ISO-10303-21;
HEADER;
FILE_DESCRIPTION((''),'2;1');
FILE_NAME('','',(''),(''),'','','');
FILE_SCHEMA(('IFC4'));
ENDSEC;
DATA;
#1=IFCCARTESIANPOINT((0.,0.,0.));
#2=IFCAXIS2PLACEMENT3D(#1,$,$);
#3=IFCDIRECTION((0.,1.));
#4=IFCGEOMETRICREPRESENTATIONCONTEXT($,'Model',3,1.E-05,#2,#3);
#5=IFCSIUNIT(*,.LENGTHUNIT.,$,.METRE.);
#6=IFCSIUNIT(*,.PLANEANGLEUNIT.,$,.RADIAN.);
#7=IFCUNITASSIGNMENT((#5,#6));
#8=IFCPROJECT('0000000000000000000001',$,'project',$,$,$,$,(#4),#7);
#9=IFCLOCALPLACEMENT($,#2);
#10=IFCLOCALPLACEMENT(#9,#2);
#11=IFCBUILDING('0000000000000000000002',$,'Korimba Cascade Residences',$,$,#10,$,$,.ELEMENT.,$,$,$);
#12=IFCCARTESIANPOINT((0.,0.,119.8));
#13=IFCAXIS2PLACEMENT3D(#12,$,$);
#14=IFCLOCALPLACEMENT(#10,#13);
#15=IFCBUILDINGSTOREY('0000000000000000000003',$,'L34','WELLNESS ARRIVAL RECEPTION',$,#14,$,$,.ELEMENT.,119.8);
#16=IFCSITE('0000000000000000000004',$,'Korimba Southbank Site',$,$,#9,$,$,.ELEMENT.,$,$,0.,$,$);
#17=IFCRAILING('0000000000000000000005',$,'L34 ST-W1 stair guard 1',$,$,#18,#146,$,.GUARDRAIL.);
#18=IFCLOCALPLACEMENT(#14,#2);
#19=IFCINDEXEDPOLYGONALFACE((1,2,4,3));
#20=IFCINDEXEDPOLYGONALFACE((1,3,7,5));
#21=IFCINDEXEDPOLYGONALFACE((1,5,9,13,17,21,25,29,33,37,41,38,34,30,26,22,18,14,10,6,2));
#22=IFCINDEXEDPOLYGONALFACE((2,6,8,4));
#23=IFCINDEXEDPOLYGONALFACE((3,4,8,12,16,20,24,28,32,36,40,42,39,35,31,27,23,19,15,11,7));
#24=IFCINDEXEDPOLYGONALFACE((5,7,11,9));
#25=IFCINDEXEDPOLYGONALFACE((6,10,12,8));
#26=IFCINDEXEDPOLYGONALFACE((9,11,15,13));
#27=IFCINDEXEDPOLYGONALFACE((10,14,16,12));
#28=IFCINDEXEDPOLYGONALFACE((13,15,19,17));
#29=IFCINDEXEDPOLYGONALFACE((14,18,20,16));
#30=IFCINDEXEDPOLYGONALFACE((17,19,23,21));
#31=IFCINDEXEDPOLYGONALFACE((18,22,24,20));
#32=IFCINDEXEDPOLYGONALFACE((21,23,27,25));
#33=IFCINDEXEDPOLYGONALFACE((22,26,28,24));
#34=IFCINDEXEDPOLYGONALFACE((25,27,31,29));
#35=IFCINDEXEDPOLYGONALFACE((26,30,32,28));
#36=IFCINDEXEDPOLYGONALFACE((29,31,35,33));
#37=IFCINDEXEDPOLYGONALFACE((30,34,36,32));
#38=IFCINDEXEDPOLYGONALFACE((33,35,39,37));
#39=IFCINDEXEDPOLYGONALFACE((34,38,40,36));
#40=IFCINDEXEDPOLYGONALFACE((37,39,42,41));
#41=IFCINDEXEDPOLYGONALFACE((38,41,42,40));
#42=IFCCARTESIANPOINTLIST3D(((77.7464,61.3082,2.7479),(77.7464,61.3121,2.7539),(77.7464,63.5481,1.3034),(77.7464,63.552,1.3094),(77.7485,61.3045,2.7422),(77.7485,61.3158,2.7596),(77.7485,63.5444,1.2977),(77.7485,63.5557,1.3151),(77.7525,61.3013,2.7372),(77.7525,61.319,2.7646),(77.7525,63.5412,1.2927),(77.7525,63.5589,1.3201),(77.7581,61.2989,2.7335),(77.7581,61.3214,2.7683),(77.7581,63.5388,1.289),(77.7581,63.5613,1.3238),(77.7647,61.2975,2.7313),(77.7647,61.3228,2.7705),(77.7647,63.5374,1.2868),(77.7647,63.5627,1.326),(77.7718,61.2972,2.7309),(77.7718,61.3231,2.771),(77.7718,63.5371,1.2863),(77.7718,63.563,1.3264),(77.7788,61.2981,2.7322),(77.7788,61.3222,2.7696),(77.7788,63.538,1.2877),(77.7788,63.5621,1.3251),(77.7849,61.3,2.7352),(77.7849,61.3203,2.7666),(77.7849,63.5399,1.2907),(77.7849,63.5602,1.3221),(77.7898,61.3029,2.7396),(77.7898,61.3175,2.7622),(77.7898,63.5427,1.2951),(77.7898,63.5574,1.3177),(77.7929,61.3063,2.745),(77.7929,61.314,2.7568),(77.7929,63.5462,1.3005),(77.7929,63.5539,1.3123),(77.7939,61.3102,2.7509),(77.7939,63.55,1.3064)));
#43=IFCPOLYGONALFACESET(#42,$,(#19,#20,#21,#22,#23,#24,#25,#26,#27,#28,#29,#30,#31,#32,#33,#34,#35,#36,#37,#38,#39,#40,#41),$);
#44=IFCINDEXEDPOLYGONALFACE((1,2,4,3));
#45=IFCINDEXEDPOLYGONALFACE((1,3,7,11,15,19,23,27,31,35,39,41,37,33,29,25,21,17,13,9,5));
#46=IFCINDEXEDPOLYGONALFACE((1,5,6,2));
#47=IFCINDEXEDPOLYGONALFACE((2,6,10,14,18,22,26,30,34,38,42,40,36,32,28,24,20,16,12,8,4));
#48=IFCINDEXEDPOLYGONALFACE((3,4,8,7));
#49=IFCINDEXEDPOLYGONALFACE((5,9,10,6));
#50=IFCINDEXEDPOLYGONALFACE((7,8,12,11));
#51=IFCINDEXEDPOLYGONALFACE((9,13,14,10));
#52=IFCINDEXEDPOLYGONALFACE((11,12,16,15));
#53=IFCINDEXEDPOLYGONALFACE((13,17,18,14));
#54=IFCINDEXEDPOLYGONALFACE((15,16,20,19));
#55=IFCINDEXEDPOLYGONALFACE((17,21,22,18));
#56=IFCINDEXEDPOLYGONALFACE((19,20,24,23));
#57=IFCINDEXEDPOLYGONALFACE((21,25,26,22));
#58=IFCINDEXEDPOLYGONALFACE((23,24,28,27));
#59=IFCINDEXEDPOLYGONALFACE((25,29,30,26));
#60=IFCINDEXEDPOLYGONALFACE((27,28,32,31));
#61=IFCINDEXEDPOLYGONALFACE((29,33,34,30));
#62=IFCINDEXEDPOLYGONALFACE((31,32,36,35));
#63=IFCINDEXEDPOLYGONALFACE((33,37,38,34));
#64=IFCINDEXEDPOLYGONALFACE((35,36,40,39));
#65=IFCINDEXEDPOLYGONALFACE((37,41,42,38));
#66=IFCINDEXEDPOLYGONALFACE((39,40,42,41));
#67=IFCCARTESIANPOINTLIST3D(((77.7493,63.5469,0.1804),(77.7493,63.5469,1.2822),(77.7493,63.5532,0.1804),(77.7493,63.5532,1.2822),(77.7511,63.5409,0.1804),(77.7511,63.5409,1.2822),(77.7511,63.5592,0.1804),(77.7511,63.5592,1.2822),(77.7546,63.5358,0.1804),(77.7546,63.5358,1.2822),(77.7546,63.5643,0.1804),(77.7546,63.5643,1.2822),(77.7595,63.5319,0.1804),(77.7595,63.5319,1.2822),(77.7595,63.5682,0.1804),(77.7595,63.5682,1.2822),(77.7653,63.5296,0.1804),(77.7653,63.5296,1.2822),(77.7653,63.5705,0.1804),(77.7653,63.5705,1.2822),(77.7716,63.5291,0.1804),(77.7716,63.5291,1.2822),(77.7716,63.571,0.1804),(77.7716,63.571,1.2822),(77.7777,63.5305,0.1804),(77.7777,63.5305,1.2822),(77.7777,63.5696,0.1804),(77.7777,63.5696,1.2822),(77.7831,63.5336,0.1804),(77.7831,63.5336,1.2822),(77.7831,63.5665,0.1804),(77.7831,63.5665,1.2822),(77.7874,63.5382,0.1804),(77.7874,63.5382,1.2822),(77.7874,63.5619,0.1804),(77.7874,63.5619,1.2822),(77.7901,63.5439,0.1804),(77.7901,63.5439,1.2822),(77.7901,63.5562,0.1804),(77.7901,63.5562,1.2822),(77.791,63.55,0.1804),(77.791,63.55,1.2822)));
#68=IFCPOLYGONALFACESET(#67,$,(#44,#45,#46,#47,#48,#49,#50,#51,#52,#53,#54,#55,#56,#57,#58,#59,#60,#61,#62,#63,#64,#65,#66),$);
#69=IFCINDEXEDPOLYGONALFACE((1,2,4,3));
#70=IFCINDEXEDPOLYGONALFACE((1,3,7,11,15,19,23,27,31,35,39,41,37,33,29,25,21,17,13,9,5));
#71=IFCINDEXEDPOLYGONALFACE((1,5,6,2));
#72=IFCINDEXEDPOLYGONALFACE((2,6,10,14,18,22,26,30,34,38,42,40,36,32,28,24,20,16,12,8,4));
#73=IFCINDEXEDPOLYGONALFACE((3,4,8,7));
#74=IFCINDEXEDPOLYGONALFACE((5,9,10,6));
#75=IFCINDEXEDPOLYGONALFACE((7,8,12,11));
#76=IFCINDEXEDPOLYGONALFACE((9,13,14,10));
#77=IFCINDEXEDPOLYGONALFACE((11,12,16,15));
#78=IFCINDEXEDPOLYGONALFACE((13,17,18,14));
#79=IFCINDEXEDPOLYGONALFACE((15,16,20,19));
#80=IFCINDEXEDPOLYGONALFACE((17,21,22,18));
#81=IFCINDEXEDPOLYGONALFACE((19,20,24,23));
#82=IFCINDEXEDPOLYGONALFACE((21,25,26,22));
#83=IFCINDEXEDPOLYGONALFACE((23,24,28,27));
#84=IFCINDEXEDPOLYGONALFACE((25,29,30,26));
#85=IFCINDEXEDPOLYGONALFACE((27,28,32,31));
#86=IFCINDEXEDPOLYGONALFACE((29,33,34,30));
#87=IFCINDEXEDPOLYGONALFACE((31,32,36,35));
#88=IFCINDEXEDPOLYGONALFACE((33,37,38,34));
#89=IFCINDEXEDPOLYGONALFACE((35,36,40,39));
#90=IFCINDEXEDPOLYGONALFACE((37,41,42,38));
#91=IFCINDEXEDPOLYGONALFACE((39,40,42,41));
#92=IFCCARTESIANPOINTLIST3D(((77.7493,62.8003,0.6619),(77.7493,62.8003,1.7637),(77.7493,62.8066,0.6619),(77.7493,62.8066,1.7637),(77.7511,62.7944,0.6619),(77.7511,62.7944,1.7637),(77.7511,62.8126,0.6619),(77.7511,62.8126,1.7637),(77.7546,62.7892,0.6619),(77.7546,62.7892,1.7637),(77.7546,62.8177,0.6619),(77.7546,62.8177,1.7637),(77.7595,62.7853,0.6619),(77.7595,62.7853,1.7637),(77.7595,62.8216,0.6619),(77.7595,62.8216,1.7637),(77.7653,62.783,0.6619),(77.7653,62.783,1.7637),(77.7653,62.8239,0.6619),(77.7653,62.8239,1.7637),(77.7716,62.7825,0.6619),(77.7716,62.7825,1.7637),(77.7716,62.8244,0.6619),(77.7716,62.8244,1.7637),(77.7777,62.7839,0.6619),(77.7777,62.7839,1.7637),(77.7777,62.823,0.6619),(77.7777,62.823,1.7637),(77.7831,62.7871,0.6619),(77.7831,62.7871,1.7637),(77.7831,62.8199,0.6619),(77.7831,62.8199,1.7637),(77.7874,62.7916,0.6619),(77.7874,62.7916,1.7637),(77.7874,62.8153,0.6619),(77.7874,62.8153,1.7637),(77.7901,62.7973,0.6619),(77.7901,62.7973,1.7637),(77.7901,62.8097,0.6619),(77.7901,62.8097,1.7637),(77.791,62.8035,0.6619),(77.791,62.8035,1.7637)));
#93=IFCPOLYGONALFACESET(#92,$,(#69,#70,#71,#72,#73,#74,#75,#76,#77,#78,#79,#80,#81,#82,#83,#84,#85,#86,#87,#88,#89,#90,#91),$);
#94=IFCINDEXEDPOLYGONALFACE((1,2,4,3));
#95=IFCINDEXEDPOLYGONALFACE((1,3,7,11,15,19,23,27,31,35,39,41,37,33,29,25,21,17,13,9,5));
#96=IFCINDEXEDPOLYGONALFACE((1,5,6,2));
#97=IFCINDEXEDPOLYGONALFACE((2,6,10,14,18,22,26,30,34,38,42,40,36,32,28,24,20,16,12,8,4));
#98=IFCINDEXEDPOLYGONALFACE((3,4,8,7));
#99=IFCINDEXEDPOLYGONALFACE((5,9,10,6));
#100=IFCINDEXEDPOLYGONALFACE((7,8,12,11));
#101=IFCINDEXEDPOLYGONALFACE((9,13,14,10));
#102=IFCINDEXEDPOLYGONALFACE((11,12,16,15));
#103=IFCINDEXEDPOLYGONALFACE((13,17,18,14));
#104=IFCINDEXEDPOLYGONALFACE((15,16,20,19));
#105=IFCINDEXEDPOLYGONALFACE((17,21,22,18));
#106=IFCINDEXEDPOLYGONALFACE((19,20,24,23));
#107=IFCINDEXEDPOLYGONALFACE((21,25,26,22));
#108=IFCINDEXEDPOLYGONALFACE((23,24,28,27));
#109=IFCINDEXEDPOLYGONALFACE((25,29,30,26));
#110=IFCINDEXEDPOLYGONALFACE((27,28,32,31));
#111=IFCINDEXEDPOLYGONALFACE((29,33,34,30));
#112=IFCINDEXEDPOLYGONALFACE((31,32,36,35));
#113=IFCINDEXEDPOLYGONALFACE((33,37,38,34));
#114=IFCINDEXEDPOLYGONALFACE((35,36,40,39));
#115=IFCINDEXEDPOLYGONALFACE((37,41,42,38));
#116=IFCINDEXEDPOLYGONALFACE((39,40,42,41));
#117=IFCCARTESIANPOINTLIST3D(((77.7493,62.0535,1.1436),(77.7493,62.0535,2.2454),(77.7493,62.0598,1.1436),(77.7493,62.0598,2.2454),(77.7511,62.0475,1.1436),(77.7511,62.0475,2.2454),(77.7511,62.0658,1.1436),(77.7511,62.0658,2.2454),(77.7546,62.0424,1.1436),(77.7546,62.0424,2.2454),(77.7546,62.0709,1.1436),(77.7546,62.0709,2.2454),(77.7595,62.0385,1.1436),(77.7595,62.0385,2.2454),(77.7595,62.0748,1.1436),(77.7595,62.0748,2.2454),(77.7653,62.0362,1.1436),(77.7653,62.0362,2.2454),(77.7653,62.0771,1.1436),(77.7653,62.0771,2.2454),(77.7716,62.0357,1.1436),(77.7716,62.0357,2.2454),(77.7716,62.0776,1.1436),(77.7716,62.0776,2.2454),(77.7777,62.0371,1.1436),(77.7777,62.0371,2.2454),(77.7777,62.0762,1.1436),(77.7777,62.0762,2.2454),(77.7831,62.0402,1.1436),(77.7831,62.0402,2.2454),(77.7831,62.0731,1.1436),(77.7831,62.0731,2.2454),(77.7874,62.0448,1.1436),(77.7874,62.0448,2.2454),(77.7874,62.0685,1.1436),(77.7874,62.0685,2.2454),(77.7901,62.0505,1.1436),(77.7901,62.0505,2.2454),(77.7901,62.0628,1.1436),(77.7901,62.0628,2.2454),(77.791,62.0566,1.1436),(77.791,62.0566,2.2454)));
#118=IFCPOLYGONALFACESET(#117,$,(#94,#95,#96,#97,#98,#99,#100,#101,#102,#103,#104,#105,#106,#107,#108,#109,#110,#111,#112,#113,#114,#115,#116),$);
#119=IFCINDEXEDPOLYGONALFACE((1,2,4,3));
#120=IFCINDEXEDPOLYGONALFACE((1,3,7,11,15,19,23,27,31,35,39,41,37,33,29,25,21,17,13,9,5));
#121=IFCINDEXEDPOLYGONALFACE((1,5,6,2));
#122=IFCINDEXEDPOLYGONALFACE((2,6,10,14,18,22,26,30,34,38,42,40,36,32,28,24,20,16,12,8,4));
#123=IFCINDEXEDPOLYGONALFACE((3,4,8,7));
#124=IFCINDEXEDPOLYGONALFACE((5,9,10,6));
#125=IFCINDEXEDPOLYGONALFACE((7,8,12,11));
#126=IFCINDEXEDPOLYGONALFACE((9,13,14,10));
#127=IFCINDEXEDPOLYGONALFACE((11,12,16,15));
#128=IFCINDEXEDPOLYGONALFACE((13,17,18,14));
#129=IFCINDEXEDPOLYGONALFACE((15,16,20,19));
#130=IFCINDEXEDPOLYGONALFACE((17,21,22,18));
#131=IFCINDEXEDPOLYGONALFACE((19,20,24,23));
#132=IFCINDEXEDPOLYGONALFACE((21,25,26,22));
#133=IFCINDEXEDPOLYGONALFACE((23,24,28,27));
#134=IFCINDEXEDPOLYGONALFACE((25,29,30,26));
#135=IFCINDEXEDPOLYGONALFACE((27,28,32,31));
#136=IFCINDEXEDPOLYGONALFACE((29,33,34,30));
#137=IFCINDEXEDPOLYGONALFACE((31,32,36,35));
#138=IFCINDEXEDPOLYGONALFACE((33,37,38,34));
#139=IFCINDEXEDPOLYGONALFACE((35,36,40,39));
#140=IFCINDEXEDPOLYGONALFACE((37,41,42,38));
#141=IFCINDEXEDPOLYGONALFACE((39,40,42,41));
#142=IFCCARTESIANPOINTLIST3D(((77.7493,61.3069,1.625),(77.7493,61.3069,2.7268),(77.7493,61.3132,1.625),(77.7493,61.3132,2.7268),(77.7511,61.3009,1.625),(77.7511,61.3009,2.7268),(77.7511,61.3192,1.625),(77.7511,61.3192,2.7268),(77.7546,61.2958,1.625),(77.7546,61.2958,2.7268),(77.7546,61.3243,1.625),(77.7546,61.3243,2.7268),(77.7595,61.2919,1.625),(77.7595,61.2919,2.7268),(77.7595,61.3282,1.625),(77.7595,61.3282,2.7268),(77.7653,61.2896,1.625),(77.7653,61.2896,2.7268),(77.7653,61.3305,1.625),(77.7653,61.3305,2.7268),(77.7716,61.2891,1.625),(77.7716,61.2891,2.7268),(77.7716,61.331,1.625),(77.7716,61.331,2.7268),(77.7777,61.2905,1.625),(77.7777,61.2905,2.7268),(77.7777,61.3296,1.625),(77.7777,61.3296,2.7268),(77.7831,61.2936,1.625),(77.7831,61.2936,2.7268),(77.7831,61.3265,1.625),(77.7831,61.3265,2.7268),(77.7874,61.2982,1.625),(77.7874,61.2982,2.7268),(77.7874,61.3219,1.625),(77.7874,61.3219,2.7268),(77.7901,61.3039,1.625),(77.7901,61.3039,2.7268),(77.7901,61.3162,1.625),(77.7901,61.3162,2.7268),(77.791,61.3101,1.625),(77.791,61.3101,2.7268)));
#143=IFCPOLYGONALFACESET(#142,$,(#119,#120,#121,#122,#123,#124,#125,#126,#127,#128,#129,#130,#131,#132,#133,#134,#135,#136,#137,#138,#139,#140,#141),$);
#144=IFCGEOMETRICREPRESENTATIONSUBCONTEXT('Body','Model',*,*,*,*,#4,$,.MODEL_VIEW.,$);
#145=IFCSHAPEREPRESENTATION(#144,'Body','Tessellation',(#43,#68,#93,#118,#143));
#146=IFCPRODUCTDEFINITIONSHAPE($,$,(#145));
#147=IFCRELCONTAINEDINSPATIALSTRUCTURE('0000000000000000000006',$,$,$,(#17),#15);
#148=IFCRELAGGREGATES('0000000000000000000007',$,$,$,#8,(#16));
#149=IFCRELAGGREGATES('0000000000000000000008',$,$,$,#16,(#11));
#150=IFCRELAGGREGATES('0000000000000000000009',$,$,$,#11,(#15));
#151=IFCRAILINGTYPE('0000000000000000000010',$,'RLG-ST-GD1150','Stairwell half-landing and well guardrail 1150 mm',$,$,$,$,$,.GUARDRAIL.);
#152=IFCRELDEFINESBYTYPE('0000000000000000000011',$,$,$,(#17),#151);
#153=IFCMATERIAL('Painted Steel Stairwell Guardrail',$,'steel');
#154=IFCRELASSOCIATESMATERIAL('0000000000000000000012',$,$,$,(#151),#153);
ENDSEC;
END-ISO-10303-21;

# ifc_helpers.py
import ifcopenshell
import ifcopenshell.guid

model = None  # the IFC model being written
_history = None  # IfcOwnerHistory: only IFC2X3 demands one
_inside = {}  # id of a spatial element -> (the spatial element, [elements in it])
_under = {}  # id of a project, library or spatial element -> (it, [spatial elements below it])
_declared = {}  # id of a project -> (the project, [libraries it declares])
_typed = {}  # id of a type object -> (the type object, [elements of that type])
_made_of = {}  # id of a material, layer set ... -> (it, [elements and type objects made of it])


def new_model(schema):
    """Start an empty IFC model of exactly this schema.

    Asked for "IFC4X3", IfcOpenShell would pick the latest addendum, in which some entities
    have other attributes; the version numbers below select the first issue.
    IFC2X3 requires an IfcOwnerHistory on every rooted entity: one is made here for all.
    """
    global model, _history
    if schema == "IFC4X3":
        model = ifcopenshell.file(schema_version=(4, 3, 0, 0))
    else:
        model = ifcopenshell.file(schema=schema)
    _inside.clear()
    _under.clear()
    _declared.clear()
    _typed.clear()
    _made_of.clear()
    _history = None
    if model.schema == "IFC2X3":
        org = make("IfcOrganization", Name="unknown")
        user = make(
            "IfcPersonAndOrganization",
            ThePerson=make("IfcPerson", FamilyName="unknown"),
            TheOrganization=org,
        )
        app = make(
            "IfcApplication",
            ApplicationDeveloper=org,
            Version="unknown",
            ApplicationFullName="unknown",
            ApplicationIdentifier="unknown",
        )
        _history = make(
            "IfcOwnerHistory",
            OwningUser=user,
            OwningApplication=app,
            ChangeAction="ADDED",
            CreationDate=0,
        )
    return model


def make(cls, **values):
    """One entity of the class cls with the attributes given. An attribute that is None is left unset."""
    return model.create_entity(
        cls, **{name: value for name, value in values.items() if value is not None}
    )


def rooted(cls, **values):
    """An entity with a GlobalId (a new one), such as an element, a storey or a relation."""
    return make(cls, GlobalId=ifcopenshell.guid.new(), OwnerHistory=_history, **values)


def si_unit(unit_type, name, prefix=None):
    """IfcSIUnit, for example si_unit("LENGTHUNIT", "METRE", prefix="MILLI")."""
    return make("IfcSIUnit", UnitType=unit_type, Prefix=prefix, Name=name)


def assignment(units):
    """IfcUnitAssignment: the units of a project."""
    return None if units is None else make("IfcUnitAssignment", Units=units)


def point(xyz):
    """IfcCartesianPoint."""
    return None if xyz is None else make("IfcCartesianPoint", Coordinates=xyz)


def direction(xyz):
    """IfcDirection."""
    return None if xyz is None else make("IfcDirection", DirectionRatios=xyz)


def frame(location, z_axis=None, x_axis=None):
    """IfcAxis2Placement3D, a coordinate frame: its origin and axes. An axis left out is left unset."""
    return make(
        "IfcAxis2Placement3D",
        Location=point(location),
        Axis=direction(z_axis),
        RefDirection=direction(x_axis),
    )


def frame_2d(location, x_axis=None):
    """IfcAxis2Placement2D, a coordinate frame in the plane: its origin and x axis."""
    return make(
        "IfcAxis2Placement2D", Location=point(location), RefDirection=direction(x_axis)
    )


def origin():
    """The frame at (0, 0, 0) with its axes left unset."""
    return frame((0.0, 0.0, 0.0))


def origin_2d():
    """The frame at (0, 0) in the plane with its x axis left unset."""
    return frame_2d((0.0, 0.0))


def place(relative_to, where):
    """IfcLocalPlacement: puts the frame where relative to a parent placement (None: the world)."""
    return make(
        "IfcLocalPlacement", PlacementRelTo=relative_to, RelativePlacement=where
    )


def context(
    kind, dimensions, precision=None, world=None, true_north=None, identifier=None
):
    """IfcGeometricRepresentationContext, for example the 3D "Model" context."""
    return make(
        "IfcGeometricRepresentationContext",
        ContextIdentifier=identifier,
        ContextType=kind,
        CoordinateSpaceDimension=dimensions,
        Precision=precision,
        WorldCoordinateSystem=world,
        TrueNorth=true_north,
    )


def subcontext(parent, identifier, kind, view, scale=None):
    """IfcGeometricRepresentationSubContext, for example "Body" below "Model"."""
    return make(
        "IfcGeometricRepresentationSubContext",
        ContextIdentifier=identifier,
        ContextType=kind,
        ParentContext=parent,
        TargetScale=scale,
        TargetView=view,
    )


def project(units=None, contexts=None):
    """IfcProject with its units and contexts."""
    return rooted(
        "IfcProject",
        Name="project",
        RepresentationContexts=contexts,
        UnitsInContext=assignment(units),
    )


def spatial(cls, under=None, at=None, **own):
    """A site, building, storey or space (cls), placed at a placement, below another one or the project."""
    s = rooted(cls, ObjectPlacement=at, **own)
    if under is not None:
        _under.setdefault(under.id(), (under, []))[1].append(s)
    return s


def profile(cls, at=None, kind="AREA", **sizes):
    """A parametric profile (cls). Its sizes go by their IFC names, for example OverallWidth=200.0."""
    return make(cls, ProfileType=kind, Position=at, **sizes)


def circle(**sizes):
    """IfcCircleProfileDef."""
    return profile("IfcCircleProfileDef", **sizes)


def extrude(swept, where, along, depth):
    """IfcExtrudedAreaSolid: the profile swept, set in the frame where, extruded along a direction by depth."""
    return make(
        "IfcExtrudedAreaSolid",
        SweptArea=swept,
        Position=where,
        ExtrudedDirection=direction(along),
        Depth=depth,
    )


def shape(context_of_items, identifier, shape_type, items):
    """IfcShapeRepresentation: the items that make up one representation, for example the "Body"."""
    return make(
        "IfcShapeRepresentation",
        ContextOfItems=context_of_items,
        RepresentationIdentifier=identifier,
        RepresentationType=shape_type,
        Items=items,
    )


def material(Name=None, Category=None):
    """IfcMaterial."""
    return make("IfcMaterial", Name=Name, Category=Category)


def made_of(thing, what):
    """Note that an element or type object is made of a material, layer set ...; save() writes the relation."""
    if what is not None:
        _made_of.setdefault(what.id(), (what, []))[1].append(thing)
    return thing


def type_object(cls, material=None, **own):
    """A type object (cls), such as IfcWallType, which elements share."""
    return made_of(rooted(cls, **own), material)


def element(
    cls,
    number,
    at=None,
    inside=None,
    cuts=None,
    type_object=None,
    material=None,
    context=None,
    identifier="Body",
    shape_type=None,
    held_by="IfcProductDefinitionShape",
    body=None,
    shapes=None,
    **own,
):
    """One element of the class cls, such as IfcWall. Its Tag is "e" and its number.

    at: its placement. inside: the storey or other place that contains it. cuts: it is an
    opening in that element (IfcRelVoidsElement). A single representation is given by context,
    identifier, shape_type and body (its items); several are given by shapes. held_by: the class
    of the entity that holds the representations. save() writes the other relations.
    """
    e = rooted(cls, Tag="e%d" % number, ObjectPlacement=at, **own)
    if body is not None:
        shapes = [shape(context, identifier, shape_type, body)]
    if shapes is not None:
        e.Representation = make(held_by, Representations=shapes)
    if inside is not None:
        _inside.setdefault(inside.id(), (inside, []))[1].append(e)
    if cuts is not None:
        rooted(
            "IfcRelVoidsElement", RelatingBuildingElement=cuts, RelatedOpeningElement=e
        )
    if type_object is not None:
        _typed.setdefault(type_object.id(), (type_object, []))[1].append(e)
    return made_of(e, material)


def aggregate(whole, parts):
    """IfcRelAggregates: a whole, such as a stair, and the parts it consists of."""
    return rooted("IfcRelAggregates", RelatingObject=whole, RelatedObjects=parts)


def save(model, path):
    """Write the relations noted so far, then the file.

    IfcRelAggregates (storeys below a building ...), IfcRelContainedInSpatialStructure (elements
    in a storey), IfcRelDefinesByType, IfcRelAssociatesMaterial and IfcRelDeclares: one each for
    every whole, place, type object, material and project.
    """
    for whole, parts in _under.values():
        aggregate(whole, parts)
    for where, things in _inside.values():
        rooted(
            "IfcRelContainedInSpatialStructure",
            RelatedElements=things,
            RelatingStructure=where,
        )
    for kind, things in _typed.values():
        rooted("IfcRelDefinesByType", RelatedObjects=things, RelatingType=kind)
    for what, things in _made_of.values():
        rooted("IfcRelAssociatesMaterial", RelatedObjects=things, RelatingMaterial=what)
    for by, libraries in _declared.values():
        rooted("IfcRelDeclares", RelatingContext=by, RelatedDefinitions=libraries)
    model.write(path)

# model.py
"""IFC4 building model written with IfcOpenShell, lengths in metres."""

from ifc_helpers import new_model, si_unit, direction, frame, origin, origin_2d, place, context, subcontext, project, spatial, circle, extrude, material, type_object, element, save


model = new_model("IFC4")

# Units and contexts
model_context = context("Model", 3, precision=1e-05, world=origin(), true_north=direction((0.0, 1.0)))
body_context = subcontext(model_context, "Body", "Model", "MODEL_VIEW")
ifc_project = project(units=[si_unit("LENGTHUNIT", "METRE"), si_unit("PLANEANGLEUNIT", "RADIAN")], contexts=[model_context])

# Site, building, storey
site_placement = place(None, origin())
site = spatial("IfcSite", under=ifc_project, at=site_placement, Name="Korimba Southbank Site", CompositionType="ELEMENT", RefElevation=0.0)
building_placement = place(site_placement, origin())
building = spatial("IfcBuilding", under=site, at=building_placement, Name="Korimba Cascade Residences", CompositionType="ELEMENT")
storey_placement = place(building_placement, frame((0.0, 0.0, 119.8)))
storey = spatial("IfcBuildingStorey", under=building, at=storey_placement, Name="L34", Description="WELLNESS ARRIVAL RECEPTION", CompositionType="ELEMENT", Elevation=119.8)

# Railing
ifc_material_1 = material(Name="Painted Steel Stairwell Guardrail", Category="steel")
railing_type_1 = type_object("IfcRailingType", Name="RLG-ST-GD1150", Description="Stairwell half-landing and well guardrail 1150 mm", PredefinedType="GUARDRAIL", material=ifc_material_1)
railing_1_placement = place(storey_placement, frame((77.77, 63.55, 0.1804)))
element("IfcRailing", 1, at=railing_1_placement, inside=storey, type_object=railing_type_1, Name="L34 ST-W1 stair guard 1", PredefinedType="GUARDRAIL", context=body_context, shape_type="SweptSolid", body=[
    extrude(circle(Radius=0.0239, at=origin_2d()), frame((0.0, 0.0, 1.126), z_axis=(0.0, -0.840395, 0.541975), x_axis=(1.0, 0.0, 0.0)), (0.0, 0.0, 1.0), 2.6653),
    extrude(circle(Radius=0.021, at=origin_2d()), origin(), (0.0, 0.0, 1.0), 1.1018),
    extrude(circle(Radius=0.021, at=origin_2d()), frame((0.0, -0.7466, 0.4814)), (0.0, 0.0, 1.0), 1.1018),
    extrude(circle(Radius=0.021, at=origin_2d()), frame((0.0, -1.4934, 0.9631)), (0.0, 0.0, 1.0), 1.1018),
    extrude(circle(Radius=0.021, at=origin_2d()), frame((0.0, -2.24, 1.4446)), (0.0, 0.0, 1.0), 1.1018),
])

save(model, "model.ifc")
